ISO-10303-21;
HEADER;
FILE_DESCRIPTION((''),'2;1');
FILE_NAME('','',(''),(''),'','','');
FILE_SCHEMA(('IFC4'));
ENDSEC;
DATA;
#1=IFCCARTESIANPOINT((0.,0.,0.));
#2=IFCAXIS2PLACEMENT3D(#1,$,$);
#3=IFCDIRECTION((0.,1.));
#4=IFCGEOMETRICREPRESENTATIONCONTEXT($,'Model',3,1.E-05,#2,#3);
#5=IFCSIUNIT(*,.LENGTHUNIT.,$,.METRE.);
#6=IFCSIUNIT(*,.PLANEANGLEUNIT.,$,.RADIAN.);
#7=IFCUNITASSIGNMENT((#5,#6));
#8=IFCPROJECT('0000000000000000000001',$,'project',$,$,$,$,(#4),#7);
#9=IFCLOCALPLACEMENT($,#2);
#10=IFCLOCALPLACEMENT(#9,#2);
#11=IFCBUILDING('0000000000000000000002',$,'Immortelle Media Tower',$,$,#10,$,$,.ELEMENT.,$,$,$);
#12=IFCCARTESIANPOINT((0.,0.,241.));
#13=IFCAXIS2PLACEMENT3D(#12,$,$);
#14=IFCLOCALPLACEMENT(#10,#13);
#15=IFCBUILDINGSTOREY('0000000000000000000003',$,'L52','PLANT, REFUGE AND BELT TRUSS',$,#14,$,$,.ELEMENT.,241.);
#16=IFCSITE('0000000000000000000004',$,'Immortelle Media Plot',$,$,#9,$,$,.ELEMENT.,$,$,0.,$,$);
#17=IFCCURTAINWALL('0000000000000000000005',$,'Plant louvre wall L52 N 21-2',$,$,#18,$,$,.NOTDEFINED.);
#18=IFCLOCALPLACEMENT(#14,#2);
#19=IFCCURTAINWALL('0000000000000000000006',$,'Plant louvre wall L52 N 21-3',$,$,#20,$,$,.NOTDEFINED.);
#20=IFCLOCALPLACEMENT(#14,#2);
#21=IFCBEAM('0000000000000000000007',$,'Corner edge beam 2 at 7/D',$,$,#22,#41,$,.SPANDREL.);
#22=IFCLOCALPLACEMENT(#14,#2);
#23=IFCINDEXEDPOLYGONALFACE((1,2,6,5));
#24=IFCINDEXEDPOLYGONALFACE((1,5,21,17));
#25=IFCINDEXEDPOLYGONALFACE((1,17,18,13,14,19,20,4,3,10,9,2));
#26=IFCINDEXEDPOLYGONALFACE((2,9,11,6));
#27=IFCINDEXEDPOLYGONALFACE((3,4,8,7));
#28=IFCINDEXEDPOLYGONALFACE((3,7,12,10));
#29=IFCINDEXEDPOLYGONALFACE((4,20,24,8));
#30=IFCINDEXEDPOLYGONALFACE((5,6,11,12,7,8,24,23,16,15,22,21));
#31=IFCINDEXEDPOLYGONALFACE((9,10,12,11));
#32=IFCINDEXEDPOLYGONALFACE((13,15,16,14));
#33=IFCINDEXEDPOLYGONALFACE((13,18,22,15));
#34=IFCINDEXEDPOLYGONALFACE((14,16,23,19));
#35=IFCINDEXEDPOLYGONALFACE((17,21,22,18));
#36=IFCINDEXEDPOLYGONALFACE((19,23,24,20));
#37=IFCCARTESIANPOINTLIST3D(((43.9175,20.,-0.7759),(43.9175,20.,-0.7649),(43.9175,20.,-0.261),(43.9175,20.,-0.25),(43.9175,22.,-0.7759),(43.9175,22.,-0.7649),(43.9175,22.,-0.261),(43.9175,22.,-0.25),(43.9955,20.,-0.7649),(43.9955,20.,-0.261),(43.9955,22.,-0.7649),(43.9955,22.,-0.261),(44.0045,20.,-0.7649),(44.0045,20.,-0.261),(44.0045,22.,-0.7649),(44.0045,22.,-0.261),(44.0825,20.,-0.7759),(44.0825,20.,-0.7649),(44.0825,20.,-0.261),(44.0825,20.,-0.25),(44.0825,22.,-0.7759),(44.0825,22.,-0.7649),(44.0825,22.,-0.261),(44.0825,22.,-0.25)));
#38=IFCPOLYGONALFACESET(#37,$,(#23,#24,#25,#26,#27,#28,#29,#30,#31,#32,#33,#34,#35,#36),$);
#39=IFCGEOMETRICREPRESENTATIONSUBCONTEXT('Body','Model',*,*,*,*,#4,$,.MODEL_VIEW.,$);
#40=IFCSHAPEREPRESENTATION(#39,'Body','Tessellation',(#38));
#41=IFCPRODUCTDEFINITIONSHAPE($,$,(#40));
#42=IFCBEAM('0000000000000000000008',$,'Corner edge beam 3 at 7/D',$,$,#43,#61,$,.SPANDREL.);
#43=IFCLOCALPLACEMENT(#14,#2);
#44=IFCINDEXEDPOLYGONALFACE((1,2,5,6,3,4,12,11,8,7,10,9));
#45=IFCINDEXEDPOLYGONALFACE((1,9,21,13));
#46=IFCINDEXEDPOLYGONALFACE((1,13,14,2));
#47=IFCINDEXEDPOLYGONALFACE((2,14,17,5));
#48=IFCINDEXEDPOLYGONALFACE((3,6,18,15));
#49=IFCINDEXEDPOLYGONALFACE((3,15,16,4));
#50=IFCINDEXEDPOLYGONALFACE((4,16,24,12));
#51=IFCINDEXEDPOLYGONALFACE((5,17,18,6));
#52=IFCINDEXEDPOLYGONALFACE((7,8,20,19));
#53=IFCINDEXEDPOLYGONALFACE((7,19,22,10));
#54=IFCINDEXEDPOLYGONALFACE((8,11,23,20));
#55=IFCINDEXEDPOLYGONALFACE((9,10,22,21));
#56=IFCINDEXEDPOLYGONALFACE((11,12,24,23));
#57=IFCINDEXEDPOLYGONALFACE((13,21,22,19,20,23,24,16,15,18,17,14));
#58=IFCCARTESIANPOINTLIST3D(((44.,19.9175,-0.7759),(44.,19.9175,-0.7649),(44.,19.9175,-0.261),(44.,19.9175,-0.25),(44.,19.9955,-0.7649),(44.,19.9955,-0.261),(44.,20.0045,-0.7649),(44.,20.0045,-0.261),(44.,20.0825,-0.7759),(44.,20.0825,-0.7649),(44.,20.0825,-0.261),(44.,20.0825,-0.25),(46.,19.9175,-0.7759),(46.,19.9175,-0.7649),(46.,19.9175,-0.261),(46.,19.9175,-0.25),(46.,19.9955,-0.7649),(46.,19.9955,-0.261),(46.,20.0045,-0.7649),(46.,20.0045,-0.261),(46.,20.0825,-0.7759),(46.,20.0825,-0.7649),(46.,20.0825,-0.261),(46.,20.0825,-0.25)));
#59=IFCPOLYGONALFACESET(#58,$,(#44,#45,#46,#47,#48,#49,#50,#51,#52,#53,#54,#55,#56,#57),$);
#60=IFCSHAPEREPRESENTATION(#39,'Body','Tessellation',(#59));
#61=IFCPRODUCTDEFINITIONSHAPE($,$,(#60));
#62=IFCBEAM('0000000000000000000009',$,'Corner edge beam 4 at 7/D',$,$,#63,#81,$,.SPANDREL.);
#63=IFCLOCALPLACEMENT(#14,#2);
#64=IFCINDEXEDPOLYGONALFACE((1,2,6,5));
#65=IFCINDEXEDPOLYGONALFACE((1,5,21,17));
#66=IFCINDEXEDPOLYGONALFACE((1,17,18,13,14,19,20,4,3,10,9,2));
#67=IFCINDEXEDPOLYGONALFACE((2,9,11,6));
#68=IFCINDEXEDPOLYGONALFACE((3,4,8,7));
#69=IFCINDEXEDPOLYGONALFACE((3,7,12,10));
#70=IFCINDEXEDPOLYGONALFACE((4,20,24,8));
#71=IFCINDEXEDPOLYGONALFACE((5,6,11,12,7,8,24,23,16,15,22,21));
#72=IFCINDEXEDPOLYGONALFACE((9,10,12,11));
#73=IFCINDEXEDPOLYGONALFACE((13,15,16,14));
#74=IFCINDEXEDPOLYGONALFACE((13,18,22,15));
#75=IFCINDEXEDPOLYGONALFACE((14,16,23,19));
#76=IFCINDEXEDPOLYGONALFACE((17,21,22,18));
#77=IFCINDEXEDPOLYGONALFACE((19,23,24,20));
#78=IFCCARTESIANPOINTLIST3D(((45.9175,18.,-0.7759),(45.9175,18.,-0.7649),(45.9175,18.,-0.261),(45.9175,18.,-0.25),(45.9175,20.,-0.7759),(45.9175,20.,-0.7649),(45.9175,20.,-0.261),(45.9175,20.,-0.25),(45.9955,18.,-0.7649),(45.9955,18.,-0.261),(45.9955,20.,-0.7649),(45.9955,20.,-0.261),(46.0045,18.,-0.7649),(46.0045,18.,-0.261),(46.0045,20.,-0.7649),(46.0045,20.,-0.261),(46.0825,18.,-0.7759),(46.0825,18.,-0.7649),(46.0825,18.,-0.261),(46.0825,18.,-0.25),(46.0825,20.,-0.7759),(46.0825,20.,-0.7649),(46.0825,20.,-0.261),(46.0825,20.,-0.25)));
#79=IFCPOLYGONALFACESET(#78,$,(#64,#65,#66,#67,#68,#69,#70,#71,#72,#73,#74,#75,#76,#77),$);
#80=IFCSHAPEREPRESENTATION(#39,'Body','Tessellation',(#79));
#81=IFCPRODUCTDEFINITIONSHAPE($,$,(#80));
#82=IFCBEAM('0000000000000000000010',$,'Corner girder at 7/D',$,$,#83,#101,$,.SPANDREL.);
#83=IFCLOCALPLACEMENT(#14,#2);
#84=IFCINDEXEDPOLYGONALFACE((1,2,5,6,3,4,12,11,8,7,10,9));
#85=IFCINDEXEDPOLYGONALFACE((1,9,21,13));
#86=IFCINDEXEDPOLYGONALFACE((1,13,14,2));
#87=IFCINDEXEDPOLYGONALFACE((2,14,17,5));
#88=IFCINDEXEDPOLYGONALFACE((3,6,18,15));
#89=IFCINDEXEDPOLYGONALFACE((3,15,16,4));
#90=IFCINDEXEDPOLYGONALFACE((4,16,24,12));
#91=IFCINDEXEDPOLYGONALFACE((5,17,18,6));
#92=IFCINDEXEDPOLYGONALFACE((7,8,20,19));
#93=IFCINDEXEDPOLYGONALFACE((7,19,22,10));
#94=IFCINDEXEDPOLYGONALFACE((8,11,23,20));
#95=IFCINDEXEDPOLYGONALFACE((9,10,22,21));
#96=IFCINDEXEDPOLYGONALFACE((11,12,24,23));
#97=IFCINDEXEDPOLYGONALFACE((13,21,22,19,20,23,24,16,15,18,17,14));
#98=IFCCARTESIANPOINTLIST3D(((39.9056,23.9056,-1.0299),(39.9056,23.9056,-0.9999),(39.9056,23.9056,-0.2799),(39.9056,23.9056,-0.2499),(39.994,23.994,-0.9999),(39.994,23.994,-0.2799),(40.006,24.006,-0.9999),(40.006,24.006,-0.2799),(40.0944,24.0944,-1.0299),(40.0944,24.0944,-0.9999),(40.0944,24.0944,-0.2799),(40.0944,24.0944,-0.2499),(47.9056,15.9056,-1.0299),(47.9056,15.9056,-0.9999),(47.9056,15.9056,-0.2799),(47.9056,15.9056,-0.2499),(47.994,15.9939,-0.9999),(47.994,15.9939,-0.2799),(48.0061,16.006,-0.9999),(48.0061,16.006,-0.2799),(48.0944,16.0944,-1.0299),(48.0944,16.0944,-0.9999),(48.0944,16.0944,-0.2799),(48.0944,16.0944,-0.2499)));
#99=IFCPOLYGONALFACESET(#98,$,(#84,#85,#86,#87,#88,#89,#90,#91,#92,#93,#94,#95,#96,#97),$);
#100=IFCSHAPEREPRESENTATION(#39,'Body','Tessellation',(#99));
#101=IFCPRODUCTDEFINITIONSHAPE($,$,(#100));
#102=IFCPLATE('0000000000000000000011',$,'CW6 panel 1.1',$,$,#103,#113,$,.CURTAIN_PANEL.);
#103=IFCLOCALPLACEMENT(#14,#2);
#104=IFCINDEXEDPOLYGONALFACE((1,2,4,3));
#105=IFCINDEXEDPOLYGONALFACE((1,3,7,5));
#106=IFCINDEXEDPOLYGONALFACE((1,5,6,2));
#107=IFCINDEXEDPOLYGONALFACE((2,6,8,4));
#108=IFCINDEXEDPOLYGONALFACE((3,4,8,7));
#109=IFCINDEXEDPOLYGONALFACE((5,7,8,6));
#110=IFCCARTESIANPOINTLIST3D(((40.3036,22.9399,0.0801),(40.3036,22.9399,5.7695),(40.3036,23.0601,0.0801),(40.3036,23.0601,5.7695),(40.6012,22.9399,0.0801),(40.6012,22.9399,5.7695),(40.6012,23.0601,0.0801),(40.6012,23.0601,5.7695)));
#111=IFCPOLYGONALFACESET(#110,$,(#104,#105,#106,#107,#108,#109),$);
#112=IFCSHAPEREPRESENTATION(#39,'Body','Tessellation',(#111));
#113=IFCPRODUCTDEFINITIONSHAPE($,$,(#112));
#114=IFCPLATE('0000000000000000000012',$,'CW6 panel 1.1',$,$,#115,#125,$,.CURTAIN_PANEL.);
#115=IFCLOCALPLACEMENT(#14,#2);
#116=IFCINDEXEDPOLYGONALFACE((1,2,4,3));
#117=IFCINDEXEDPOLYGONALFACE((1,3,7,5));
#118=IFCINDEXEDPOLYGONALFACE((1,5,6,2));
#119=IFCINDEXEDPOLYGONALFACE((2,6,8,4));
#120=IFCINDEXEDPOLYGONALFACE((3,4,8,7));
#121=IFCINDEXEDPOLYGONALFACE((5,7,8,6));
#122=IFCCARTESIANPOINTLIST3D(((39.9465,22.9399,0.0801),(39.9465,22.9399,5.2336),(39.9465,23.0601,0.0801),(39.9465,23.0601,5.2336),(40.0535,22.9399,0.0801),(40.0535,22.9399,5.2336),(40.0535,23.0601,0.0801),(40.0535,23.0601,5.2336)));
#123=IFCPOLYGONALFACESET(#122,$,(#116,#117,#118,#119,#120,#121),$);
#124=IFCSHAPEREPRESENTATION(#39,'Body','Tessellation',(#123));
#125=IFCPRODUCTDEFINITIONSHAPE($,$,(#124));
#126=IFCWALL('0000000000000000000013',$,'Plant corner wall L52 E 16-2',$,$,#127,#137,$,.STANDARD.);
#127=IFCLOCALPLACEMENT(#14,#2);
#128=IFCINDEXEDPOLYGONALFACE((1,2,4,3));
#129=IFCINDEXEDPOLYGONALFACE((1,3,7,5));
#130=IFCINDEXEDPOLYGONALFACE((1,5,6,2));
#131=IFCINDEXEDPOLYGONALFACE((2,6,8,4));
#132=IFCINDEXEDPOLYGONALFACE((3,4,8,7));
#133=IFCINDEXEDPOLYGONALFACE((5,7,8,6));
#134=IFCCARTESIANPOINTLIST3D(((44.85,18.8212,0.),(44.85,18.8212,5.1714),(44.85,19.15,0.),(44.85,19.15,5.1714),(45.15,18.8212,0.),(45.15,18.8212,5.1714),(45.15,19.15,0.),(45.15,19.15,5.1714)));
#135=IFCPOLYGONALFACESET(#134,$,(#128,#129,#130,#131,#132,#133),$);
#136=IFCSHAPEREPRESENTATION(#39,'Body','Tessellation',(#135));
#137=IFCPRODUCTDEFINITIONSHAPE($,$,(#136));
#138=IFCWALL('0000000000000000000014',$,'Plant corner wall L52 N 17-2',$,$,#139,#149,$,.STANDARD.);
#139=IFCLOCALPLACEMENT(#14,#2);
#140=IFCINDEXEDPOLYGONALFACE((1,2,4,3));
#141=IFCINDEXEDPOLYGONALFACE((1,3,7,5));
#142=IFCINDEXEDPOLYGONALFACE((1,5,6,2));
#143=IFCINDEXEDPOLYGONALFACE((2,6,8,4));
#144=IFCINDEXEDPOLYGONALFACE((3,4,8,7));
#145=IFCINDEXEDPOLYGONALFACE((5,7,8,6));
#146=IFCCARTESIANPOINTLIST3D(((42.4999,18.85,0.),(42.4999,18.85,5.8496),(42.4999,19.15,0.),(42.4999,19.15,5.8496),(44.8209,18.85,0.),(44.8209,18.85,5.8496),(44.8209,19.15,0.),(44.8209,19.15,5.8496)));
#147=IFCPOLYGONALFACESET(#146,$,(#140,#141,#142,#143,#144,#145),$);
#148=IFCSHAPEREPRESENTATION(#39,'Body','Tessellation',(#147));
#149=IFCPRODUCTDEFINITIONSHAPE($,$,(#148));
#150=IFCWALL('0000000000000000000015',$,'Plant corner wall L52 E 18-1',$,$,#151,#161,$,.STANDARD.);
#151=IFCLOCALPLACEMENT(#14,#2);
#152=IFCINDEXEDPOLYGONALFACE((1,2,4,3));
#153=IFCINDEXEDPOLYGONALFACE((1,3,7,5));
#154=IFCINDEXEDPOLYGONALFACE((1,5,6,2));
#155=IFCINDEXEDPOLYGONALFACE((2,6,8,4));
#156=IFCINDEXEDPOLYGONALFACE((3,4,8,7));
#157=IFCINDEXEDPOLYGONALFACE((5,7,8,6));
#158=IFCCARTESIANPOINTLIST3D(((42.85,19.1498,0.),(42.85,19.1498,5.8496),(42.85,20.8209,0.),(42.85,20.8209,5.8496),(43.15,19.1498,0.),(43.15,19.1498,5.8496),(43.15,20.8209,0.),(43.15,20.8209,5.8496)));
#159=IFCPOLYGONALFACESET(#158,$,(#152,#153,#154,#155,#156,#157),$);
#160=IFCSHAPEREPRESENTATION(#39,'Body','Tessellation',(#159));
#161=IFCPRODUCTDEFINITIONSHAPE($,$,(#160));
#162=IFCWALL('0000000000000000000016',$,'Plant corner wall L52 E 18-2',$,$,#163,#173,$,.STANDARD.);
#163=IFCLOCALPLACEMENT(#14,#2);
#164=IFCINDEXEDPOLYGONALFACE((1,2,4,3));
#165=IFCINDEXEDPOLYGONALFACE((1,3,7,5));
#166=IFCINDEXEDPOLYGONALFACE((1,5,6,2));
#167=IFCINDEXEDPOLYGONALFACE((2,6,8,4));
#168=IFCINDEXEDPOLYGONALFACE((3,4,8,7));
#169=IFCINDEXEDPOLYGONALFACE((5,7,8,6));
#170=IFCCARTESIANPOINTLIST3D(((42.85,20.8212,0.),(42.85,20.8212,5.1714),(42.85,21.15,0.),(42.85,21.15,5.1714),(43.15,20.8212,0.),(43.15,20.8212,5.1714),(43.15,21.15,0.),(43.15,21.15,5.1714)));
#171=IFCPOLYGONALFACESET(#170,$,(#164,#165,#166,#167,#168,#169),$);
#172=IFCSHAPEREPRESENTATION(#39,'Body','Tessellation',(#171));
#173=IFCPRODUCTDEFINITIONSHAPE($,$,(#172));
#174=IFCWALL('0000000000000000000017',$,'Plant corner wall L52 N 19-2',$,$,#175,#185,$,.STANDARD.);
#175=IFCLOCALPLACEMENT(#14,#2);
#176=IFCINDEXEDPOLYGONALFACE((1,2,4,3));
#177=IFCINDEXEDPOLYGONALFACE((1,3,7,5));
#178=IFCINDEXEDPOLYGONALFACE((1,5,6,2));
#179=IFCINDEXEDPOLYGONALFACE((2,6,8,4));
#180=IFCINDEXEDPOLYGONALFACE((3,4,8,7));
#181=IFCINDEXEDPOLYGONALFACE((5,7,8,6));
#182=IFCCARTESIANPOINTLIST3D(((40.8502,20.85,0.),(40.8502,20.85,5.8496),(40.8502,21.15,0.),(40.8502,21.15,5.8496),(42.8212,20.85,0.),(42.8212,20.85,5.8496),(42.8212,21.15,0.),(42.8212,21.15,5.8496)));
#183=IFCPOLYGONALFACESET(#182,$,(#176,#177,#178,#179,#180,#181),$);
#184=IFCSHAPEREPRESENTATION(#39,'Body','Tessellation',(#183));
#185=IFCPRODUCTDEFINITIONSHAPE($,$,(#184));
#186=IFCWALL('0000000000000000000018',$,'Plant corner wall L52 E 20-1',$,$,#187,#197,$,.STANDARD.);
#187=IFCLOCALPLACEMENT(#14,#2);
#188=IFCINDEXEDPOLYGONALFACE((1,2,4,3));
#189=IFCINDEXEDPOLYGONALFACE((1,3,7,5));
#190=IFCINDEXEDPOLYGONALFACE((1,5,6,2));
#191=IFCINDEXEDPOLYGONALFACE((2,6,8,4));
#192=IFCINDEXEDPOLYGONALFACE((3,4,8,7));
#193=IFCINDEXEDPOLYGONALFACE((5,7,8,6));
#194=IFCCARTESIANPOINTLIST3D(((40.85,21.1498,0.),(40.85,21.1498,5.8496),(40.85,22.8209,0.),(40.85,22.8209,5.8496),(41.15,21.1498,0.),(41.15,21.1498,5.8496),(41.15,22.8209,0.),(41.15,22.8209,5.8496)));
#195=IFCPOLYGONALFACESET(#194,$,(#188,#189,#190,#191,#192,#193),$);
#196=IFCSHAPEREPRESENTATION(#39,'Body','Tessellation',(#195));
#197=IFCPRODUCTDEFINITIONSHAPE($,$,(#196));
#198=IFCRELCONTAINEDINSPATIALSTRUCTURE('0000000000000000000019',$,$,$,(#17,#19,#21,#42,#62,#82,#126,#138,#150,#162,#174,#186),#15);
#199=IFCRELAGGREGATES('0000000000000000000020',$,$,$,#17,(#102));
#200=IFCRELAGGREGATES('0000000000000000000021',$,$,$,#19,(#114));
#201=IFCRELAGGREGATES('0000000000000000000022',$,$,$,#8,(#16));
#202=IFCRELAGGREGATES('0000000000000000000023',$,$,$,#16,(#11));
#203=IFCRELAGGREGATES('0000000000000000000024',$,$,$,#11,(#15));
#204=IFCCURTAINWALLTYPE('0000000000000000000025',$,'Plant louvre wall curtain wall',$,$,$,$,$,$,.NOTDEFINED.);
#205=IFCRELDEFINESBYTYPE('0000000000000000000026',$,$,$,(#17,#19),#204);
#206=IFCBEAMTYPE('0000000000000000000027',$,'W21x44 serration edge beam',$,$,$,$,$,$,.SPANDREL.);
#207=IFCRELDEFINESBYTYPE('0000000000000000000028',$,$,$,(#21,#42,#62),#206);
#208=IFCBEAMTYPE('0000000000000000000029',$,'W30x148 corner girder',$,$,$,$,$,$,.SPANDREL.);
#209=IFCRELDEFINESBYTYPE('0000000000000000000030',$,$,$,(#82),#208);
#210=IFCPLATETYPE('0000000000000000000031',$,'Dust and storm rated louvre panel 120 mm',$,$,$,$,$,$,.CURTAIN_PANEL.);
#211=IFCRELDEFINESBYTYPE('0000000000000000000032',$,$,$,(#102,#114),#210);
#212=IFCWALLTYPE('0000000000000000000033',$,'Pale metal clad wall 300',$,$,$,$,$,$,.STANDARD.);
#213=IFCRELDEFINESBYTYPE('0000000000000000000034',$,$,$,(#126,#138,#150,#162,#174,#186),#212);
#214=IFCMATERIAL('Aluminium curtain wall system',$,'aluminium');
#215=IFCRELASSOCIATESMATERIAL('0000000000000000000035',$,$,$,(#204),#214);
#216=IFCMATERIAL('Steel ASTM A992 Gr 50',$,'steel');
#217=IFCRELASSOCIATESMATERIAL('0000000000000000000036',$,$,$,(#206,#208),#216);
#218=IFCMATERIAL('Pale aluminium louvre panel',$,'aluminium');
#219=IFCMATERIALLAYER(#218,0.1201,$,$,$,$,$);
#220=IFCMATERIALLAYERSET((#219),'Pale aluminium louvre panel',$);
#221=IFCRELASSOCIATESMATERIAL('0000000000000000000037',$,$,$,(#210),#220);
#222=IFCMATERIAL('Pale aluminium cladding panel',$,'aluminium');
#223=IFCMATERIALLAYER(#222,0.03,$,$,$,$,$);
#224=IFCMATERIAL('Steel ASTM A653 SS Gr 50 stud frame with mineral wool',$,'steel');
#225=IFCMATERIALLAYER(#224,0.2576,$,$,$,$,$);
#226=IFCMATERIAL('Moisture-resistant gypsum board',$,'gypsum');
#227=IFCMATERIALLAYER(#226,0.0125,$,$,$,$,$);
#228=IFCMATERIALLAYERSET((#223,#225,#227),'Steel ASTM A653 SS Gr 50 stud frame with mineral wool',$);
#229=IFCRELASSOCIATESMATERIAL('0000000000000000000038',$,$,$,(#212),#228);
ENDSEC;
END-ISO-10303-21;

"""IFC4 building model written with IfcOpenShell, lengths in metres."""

from ifc_helpers import new_model, si_unit, direction, frame, frame_2d, origin, origin_2d, place, context, subcontext, project, spatial, rectangle, i_section, extrude, material, layer, layer_set, material_profile, profile_set, type_object, element, aggregate, save


model = new_model("IFC4")

# Units and contexts
model_context = context("Model", 3, precision=1e-05, world=origin(), true_north=direction((0.0, 1.0)))
body_context = subcontext(model_context, "Body", "Model", "MODEL_VIEW")
ifc_project = project(units=[si_unit("LENGTHUNIT", "METRE"), si_unit("PLANEANGLEUNIT", "RADIAN")], contexts=[model_context])

# Site, building, storey
site_placement = place(None, origin())
site = spatial("IfcSite", under=ifc_project, at=site_placement, Name="Immortelle Media Plot", CompositionType="ELEMENT", RefElevation=0.0)
building_placement = place(site_placement, origin())
building = spatial("IfcBuilding", under=site, at=building_placement, Name="Immortelle Media Tower", CompositionType="ELEMENT")
storey_placement = place(building_placement, frame((0.0, 0.0, 241.0)))
storey = spatial("IfcBuildingStorey", under=building, at=storey_placement, Name="L52", Description="PLANT, REFUGE AND BELT TRUSS", CompositionType="ELEMENT", Elevation=241.0)

# Shared definitions
ifc_material_1 = material(Name="Steel ASTM A992 Gr 50", Category="steel")

# Curtain walls
ifc_material_2 = material(Name="Aluminium curtain wall system", Category="aluminium")
curtain_wall_type = type_object("IfcCurtainWallType", Name="Plant louvre wall curtain wall", PredefinedType="NOTDEFINED", material=ifc_material_2)
curtain_wall_1_placement = place(storey_placement, origin())
curtain_wall_1 = element("IfcCurtainWall", 1, at=curtain_wall_1_placement, inside=storey, type_object=curtain_wall_type, Name="Plant louvre wall L52 N 21-2", PredefinedType="NOTDEFINED")
curtain_wall_2_placement = place(storey_placement, origin())
curtain_wall_2 = element("IfcCurtainWall", 2, at=curtain_wall_2_placement, inside=storey, type_object=curtain_wall_type, Name="Plant louvre wall L52 N 21-3", PredefinedType="NOTDEFINED")

# Beams
ifc_material_profile_1 = material_profile(ifc_material_1, i_section(OverallWidth=0.165, OverallDepth=0.5259, WebThickness=0.009, FlangeThickness=0.011, at=origin_2d()), Name="W21x44")
ifc_profile_set_1 = profile_set([ifc_material_profile_1], Name="Steel ASTM A992 Gr 50")
beam_type_1 = type_object("IfcBeamType", Name="W21x44 serration edge beam", PredefinedType="SPANDREL", material=ifc_profile_set_1)
for number, where, z_axis, x_axis, name in (
    (3, (44.0, 22.0, -0.5129), (0.0, -1.0, 0.0), (1.0, 0.0, 0.0), "Corner edge beam 2 at 7/D"),
    (4, (44.0, 20.0, -0.5129), (1.0, 0.0, 0.0), (0.0, 1.0, 0.0), "Corner edge beam 3 at 7/D"),
    (5, (46.0, 20.0, -0.5129), (0.0, -1.0, 0.0), (1.0, 0.0, 0.0), "Corner edge beam 4 at 7/D"),
):
    element("IfcBeam", number, at=place(storey_placement, frame(where, z_axis=z_axis, x_axis=x_axis)), inside=storey, type_object=beam_type_1, Name=name, PredefinedType="SPANDREL", context=body_context, shape_type="SweptSolid", body=[
        extrude(i_section(OverallWidth=0.165, OverallDepth=0.5259, WebThickness=0.009, FlangeThickness=0.011, at=origin_2d()), origin(), (0.0, 0.0, 1.0), 2.0),
    ])
ifc_material_profile_2 = material_profile(ifc_material_1, i_section(OverallWidth=0.2671, OverallDepth=0.78, WebThickness=0.0171, FlangeThickness=0.03, at=origin_2d()), Name="W30x148")
ifc_profile_set_2 = profile_set([ifc_material_profile_2], Name="Steel ASTM A992 Gr 50")
beam_type_2 = type_object("IfcBeamType", Name="W30x148 corner girder", PredefinedType="SPANDREL", material=ifc_profile_set_2)
beam_placement = place(storey_placement, frame((40.0, 24.0, -0.6399), z_axis=(0.707107, -0.707107, 0.0), x_axis=(0.707107, 0.707107, 0.0)))
element("IfcBeam", 6, at=beam_placement, inside=storey, type_object=beam_type_2, Name="Corner girder at 7/D", PredefinedType="SPANDREL", context=body_context, shape_type="SweptSolid", body=[
    extrude(i_section(OverallWidth=0.2671, OverallDepth=0.78, WebThickness=0.0171, FlangeThickness=0.03, at=origin_2d()), origin(), (0.0, 0.0, 1.0), 11.3137),
])

# Plates
ifc_material_3 = material(Name="Pale aluminium louvre panel", Category="aluminium")
ifc_layer_1 = layer(ifc_material_3, 0.1201)
ifc_layer_set_1 = layer_set([ifc_layer_1], Name="Pale aluminium louvre panel")
plate_type = type_object("IfcPlateType", Name="Dust and storm rated louvre panel 120 mm", PredefinedType="CURTAIN_PANEL", material=ifc_layer_set_1)
plate_1_placement = place(storey_placement, frame((40.4524, 23.0, 0.0801), z_axis=(0.0, 0.0, 1.0), x_axis=(-1.0, 0.0, 0.0)))
plate_1 = element("IfcPlate", 7, at=plate_1_placement, type_object=plate_type, Name="CW6 panel 1.1", PredefinedType="CURTAIN_PANEL", context=body_context, shape_type="SweptSolid", body=[
    extrude(rectangle(XDim=0.2976, YDim=0.1201, at=origin_2d()), origin(), (0.0, 0.0, 1.0), 5.6895),
])
aggregate(curtain_wall_1, [plate_1])
plate_2_placement = place(storey_placement, frame((40.0, 23.0, 0.0801), z_axis=(0.0, 0.0, 1.0), x_axis=(-1.0, 0.0, 0.0)))
plate_2 = element("IfcPlate", 8, at=plate_2_placement, type_object=plate_type, Name="CW6 panel 1.1", PredefinedType="CURTAIN_PANEL", context=body_context, shape_type="SweptSolid", body=[
    extrude(rectangle(XDim=0.1069, YDim=0.1201, at=origin_2d()), origin(), (0.0, 0.0, 1.0), 5.1536),
])
aggregate(curtain_wall_2, [plate_2])

# Walls
ifc_material_4 = material(Name="Pale aluminium cladding panel", Category="aluminium")
ifc_layer_2 = layer(ifc_material_4, 0.03)
ifc_material_5 = material(Name="Steel ASTM A653 SS Gr 50 stud frame with mineral wool", Category="steel")
ifc_layer_3 = layer(ifc_material_5, 0.2576)
ifc_material_6 = material(Name="Moisture-resistant gypsum board", Category="gypsum")
ifc_layer_4 = layer(ifc_material_6, 0.0125)
ifc_layer_set_2 = layer_set([ifc_layer_2, ifc_layer_3, ifc_layer_4], Name="Steel ASTM A653 SS Gr 50 stud frame with mineral wool")
wall_type = type_object("IfcWallType", Name="Pale metal clad wall 300", PredefinedType="STANDARD", material=ifc_layer_set_2)
wall_1_placement = place(storey_placement, frame((45.0, 18.821, 0.0), z_axis=(0.0, 0.0, 1.0), x_axis=(0.0, 1.0, 0.0)))
element("IfcWall", 9, at=wall_1_placement, inside=storey, type_object=wall_type, Name="Plant corner wall L52 E 16-2", PredefinedType="STANDARD", context=body_context, shape_type="SweptSolid", body=[
    extrude(rectangle(XDim=0.3289, YDim=0.3, at=frame_2d((0.1646, 0.0))), origin(), (0.0, 0.0, 1.0), 5.1714),
])
wall_2_placement = place(storey_placement, frame((44.821, 19.0, 0.0), z_axis=(0.0, 0.0, 1.0), x_axis=(-1.0, 0.0, 0.0)))
element("IfcWall", 10, at=wall_2_placement, inside=storey, type_object=wall_type, Name="Plant corner wall L52 N 17-2", PredefinedType="STANDARD", context=body_context, shape_type="SweptSolid", body=[
    extrude(rectangle(XDim=2.321, YDim=0.3, at=frame_2d((1.1606, 0.0))), origin(), (0.0, 0.0, 1.0), 5.8496),
])
wall_3_placement = place(storey_placement, frame((43.0, 19.1499, 0.0), z_axis=(0.0, 0.0, 1.0), x_axis=(0.0, 1.0, 0.0)))
element("IfcWall", 11, at=wall_3_placement, inside=storey, type_object=wall_type, Name="Plant corner wall L52 E 18-1", PredefinedType="STANDARD", context=body_context, shape_type="SweptSolid", body=[
    extrude(rectangle(XDim=1.6711, YDim=0.3, at=frame_2d((0.8354, 0.0))), origin(), (0.0, 0.0, 1.0), 5.8496),
])
wall_4_placement = place(storey_placement, frame((43.0, 20.821, 0.0), z_axis=(0.0, 0.0, 1.0), x_axis=(0.0, 1.0, 0.0)))
element("IfcWall", 12, at=wall_4_placement, inside=storey, type_object=wall_type, Name="Plant corner wall L52 E 18-2", PredefinedType="STANDARD", context=body_context, shape_type="SweptSolid", body=[
    extrude(rectangle(XDim=0.3289, YDim=0.3, at=frame_2d((0.1646, 0.0))), origin(), (0.0, 0.0, 1.0), 5.1714),
])
wall_5_placement = place(storey_placement, frame((42.821, 21.0, 0.0), z_axis=(0.0, 0.0, 1.0), x_axis=(-1.0, 0.0, 0.0)))
element("IfcWall", 13, at=wall_5_placement, inside=storey, type_object=wall_type, Name="Plant corner wall L52 N 19-2", PredefinedType="STANDARD", context=body_context, shape_type="SweptSolid", body=[
    extrude(rectangle(XDim=1.9709, YDim=0.3, at=frame_2d((0.9854, 0.0))), origin(), (0.0, 0.0, 1.0), 5.8496),
])
wall_6_placement = place(storey_placement, frame((41.0, 21.1499, 0.0), z_axis=(0.0, 0.0, 1.0), x_axis=(0.0, 1.0, 0.0)))
element("IfcWall", 14, at=wall_6_placement, inside=storey, type_object=wall_type, Name="Plant corner wall L52 E 20-1", PredefinedType="STANDARD", context=body_context, shape_type="SweptSolid", body=[
    extrude(rectangle(XDim=1.6711, YDim=0.3, at=frame_2d((0.8354, 0.0))), origin(), (0.0, 0.0, 1.0), 5.8496),
])

save(model, "model.ifc")
